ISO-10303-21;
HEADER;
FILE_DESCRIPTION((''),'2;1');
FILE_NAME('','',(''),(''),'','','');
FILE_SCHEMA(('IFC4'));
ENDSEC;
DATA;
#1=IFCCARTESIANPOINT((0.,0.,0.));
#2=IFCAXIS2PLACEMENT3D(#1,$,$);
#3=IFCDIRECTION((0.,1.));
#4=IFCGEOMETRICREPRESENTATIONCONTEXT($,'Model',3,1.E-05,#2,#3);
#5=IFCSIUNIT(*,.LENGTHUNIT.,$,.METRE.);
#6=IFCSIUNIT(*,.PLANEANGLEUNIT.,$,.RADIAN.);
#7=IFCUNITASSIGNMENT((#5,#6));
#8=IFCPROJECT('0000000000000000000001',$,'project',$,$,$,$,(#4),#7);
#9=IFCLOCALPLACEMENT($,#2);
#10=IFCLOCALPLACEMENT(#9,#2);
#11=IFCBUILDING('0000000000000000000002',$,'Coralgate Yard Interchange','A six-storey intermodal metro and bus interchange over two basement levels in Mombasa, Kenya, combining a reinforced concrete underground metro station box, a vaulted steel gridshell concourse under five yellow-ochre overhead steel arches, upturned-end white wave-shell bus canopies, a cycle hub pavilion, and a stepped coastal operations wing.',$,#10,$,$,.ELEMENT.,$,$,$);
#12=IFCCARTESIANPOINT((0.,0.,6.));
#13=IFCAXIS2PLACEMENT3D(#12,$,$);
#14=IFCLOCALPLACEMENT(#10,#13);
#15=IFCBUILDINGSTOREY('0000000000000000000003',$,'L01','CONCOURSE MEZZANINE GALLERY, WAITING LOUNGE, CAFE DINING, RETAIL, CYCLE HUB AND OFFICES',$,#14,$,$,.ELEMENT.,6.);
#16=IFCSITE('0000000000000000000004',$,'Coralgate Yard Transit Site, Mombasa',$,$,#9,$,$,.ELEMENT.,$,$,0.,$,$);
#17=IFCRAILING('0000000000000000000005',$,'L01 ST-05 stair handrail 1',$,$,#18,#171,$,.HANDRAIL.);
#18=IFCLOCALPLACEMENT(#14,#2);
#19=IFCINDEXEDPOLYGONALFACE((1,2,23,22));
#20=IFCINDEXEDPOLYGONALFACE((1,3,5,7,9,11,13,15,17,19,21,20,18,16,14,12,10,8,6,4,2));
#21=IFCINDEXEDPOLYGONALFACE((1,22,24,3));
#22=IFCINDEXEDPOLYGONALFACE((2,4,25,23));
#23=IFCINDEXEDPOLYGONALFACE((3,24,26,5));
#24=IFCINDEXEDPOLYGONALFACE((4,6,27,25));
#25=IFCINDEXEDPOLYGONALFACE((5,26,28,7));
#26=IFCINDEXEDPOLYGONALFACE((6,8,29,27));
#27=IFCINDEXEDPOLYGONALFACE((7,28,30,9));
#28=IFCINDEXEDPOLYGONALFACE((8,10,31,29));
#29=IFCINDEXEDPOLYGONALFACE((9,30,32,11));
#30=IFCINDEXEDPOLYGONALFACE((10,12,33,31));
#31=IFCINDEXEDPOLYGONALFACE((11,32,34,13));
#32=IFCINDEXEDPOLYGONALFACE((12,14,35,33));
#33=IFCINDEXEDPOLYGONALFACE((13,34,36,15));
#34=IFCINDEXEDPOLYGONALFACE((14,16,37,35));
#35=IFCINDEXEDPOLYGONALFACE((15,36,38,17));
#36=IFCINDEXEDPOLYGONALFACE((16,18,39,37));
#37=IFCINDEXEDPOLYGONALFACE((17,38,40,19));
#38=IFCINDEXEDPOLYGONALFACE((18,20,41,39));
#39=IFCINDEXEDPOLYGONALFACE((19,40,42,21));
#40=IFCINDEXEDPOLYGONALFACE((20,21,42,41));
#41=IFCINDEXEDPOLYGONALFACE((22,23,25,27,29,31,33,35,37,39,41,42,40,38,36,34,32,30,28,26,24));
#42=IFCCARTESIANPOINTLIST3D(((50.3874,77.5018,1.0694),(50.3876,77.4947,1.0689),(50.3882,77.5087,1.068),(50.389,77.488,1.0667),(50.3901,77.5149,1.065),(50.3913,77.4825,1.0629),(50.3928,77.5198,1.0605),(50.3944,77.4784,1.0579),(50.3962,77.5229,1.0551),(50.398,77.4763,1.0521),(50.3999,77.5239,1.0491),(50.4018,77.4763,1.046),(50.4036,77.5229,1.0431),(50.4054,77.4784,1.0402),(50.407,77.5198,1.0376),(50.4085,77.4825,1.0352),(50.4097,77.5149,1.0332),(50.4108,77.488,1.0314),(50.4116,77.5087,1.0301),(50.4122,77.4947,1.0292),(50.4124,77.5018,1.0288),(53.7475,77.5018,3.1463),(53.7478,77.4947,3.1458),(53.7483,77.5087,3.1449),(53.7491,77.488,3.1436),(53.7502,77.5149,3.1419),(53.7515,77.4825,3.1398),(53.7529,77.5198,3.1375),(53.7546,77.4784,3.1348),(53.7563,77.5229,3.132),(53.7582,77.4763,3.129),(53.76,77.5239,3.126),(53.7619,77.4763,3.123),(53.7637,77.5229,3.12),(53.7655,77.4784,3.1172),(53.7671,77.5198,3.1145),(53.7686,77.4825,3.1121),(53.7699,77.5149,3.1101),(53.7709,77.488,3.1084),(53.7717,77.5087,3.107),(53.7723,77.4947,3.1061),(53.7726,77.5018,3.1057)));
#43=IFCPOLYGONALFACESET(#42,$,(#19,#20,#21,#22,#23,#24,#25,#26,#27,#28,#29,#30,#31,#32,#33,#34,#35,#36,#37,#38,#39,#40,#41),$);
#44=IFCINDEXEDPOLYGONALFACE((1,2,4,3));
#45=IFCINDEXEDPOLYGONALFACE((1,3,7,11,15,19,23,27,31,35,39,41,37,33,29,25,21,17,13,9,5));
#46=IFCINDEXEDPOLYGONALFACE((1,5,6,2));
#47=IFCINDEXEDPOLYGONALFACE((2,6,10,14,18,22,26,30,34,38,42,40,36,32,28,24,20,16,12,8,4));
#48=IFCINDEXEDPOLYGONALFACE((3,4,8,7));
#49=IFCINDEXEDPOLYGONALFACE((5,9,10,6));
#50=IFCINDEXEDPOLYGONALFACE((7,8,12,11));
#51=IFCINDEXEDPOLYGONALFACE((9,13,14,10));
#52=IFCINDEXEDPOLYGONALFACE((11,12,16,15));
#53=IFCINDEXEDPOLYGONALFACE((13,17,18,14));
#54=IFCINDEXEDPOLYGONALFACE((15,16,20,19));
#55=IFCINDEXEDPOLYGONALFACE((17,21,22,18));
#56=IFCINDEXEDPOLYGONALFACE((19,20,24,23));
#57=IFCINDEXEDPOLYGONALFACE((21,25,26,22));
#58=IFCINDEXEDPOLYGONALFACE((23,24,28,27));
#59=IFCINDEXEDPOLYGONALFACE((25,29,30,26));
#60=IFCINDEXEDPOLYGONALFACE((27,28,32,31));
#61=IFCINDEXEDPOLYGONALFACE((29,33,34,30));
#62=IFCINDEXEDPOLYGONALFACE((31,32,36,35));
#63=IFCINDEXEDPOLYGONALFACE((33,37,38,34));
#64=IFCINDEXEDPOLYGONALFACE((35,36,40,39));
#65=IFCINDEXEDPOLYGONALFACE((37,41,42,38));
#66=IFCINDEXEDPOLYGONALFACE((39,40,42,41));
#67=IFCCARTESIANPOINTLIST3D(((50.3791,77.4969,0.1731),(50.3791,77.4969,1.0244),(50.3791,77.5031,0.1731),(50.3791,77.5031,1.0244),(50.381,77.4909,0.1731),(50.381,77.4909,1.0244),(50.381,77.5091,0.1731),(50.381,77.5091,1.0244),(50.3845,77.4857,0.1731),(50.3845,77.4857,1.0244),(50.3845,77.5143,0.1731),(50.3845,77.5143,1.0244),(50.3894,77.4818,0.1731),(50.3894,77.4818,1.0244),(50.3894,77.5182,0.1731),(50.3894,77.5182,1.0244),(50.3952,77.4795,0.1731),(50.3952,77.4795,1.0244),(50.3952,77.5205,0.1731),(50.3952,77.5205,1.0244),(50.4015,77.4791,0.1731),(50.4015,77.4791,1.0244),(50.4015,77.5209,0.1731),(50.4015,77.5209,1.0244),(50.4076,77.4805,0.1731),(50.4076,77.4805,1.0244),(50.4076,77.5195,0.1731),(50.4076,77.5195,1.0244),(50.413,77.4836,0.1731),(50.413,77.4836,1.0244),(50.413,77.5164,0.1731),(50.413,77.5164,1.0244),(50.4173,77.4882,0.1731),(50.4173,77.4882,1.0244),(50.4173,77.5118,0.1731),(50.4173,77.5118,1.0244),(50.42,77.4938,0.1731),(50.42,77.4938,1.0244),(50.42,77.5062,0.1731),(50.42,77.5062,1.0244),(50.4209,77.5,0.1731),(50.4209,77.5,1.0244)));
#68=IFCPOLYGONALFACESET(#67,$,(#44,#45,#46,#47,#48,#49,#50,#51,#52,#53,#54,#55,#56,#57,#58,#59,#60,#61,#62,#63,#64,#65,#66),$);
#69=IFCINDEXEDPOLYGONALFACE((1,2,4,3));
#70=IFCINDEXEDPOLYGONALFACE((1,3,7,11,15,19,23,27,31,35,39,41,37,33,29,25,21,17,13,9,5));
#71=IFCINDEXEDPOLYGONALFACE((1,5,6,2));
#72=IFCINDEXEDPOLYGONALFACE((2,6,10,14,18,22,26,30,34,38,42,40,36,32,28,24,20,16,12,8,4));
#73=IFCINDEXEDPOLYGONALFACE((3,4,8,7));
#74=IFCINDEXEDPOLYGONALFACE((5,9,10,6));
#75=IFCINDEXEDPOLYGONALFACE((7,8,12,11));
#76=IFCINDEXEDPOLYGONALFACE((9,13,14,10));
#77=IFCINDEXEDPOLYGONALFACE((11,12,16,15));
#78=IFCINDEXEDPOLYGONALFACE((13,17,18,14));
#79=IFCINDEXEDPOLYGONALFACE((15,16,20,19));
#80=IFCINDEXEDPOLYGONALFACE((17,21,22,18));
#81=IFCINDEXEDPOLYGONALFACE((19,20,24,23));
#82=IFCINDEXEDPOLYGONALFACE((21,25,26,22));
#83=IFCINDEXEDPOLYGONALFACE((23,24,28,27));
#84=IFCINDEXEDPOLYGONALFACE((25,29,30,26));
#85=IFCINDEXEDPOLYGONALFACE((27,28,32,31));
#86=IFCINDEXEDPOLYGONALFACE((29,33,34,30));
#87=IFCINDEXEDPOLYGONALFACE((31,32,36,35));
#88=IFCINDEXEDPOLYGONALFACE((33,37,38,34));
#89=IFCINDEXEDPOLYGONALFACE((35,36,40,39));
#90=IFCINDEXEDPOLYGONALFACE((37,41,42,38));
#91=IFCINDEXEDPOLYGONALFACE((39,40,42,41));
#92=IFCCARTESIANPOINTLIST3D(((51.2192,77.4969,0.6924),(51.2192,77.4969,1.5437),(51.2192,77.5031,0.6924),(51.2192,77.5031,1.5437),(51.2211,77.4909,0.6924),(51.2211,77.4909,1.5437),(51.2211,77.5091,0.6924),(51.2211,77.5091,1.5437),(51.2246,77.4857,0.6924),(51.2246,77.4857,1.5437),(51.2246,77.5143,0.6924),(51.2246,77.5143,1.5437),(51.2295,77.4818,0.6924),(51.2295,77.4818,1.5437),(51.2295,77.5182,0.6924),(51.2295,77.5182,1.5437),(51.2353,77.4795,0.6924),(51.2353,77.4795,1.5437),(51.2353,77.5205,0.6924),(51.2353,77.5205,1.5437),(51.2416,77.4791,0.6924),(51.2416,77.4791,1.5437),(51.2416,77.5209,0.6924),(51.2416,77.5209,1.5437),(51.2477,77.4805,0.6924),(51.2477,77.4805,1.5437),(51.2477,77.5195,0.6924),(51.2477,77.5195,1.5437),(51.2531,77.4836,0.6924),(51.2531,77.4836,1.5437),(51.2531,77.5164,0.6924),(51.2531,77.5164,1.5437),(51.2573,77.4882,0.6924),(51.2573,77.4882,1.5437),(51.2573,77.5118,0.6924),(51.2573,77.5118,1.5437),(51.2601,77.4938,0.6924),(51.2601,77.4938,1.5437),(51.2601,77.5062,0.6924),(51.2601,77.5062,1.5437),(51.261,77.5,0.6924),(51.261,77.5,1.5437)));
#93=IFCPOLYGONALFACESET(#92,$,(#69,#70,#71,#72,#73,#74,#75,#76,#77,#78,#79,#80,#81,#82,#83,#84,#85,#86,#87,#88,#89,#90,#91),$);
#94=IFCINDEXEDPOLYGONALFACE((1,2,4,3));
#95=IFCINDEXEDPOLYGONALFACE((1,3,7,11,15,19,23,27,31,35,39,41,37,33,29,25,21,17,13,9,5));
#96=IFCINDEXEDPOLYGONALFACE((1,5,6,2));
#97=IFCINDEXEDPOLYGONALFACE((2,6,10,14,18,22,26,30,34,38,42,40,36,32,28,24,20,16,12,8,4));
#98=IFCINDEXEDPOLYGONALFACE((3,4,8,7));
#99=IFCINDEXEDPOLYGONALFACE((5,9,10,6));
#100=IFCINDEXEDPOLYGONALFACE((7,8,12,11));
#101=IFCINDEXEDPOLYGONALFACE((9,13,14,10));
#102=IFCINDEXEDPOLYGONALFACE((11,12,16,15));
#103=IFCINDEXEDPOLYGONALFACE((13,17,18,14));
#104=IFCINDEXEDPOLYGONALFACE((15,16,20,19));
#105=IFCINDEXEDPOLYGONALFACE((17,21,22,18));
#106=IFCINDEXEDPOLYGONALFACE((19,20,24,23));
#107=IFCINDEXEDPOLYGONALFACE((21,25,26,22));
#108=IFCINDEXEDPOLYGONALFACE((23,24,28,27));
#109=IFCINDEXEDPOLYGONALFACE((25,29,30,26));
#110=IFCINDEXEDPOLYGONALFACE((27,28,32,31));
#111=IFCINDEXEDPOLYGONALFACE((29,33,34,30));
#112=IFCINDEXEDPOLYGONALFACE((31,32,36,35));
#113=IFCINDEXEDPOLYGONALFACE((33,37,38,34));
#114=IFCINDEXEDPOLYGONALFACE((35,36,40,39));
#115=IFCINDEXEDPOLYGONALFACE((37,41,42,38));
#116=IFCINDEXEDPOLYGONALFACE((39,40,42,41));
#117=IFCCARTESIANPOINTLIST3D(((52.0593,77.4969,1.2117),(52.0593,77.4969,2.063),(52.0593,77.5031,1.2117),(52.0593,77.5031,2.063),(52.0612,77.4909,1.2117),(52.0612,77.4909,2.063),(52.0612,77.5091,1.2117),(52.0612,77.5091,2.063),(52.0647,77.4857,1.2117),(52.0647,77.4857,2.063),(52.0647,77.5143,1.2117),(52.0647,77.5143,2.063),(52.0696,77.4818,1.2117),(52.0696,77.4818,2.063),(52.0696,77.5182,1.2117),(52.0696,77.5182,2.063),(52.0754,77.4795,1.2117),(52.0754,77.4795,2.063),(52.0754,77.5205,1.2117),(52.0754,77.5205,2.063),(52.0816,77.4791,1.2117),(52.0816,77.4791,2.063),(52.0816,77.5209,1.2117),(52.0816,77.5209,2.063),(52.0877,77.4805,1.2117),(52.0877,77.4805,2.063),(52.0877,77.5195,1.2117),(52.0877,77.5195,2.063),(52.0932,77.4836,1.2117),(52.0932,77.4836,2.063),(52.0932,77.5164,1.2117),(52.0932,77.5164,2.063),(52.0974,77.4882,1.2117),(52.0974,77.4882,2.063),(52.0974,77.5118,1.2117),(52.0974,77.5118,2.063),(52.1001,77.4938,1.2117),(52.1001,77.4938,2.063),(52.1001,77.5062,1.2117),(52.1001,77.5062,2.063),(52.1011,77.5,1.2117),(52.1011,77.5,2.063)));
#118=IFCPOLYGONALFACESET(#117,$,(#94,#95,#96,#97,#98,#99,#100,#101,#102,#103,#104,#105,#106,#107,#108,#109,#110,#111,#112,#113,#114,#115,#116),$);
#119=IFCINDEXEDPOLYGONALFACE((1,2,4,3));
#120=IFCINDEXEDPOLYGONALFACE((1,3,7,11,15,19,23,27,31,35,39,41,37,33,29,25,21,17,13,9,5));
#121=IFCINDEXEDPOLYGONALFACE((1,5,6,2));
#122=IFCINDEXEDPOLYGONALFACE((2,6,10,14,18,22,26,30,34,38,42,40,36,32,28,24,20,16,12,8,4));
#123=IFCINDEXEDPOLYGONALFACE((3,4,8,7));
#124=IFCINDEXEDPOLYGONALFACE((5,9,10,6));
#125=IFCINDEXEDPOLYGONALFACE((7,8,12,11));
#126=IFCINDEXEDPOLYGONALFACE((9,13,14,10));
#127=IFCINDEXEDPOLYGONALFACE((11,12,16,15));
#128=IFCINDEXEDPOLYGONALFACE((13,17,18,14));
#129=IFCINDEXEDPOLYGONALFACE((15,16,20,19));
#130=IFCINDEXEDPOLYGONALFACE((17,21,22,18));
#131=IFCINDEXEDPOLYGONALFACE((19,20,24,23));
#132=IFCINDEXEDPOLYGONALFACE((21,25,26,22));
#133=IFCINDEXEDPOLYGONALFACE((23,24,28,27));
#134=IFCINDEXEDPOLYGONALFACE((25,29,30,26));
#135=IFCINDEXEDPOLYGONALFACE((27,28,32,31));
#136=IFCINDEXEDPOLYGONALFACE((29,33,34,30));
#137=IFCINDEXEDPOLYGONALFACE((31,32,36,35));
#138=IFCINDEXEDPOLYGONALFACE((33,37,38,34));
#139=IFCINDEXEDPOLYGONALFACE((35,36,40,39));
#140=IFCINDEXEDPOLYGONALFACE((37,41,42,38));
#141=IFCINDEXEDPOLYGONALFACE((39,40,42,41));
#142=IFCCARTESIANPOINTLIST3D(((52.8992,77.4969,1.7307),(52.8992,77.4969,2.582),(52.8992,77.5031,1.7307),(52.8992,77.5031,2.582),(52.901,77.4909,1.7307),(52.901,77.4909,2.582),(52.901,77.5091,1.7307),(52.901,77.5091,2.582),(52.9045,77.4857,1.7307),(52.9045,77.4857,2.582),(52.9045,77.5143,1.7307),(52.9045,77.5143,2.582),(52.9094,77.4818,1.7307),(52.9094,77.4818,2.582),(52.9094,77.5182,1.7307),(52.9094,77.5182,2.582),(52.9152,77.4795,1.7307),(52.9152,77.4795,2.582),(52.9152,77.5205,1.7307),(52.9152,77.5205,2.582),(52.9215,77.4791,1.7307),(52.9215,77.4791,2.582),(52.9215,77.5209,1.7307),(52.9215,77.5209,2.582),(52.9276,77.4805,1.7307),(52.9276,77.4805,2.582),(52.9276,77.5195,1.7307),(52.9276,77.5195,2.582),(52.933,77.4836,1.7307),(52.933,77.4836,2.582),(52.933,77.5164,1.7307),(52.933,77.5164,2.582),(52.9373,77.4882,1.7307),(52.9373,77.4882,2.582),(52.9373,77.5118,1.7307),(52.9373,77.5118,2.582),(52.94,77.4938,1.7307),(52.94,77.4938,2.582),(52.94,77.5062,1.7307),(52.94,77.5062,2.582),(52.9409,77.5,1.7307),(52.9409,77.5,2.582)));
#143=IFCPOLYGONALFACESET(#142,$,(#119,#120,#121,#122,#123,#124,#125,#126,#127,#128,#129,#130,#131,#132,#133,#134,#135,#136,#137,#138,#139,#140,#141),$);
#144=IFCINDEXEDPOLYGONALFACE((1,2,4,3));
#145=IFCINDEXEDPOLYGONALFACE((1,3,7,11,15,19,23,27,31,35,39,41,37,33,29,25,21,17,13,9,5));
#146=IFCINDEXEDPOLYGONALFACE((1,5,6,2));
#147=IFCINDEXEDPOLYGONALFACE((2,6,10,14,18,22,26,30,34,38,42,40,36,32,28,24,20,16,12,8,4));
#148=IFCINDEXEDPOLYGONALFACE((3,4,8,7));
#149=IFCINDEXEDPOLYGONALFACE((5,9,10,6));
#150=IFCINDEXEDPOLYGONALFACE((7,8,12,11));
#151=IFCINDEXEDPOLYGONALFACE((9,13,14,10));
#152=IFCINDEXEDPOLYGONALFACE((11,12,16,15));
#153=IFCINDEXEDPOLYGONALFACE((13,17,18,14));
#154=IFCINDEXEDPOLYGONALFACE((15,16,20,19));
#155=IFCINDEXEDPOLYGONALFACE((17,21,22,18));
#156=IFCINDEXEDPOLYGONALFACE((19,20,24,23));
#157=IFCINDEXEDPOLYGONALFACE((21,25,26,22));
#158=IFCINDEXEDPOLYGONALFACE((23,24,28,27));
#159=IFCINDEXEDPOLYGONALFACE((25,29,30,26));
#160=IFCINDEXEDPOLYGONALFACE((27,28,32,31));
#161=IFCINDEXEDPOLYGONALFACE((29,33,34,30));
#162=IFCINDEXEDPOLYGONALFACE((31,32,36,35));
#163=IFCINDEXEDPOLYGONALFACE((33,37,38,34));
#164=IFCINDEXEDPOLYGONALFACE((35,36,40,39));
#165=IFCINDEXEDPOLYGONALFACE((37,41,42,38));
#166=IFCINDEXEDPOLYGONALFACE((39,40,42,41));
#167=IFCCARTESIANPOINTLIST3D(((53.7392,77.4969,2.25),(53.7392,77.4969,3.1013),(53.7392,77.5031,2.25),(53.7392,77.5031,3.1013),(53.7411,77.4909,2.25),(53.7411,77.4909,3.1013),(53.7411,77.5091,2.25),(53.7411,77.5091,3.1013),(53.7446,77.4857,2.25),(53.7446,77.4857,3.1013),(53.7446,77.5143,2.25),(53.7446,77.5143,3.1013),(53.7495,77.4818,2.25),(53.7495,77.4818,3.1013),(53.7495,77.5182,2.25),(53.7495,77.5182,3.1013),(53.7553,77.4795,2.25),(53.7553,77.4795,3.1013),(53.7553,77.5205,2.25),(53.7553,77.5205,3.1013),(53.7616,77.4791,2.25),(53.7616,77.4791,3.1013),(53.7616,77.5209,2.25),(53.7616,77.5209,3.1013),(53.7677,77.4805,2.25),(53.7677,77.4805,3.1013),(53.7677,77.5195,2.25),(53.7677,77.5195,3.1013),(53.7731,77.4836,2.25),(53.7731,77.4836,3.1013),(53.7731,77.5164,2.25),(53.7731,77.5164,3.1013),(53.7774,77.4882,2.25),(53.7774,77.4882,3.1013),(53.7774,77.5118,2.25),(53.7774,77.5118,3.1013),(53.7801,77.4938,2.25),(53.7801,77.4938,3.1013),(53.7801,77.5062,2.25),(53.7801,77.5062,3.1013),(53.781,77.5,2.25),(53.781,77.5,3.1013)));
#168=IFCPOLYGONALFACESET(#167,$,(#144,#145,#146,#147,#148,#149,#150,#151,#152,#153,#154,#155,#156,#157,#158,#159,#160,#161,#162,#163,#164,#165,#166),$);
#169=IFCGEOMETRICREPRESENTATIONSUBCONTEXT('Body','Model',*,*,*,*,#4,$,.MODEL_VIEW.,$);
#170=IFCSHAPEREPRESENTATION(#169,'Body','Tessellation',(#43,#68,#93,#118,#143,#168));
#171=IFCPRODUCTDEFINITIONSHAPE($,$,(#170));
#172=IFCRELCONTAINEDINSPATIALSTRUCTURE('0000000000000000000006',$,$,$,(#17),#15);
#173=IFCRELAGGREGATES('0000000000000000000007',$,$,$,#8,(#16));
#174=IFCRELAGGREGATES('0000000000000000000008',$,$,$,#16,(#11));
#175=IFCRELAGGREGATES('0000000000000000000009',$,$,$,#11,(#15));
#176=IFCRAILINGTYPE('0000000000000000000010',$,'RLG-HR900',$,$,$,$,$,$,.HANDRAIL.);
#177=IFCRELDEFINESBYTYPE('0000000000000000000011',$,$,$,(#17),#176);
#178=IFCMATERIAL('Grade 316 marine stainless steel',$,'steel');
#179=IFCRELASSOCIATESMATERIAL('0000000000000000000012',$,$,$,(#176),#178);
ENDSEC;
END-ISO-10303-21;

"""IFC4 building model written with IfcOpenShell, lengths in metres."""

from ifc_helpers import new_model, si_unit, direction, frame, origin, origin_2d, place, context, subcontext, project, spatial, circle, extrude, material, type_object, element, save


model = new_model("IFC4")

# Units and contexts
model_context = context("Model", 3, precision=1e-05, world=origin(), true_north=direction((0.0, 1.0)))
body_context = subcontext(model_context, "Body", "Model", "MODEL_VIEW")
ifc_project = project(units=[si_unit("LENGTHUNIT", "METRE"), si_unit("PLANEANGLEUNIT", "RADIAN")], contexts=[model_context])

# Site, building, storey
site_placement = place(None, origin())
site = spatial("IfcSite", under=ifc_project, at=site_placement, Name="Coralgate Yard Transit Site, Mombasa", CompositionType="ELEMENT", RefElevation=0.0)
building_placement = place(site_placement, origin())
building = spatial("IfcBuilding", under=site, at=building_placement, Name="Coralgate Yard Interchange", Description="A six-storey intermodal metro and bus interchange over two basement levels in Mombasa, Kenya, combining a reinforced concrete underground metro station box, a vaulted steel gridshell concourse under five yellow-ochre overhead steel arches, upturned-end white wave-shell bus canopies, a cycle hub pavilion, and a stepped coastal operations wing.", CompositionType="ELEMENT")
storey_placement = place(building_placement, frame((0.0, 0.0, 6.0)))
storey = spatial("IfcBuildingStorey", under=building, at=storey_placement, Name="L01", Description="CONCOURSE MEZZANINE GALLERY, WAITING LOUNGE, CAFE DINING, RETAIL, CYCLE HUB AND OFFICES", CompositionType="ELEMENT", Elevation=6.0)

# Railing
ifc_material_1 = material(Name="Grade 316 marine stainless steel", Category="steel")
railing_type_1 = type_object("IfcRailingType", Name="RLG-HR900", PredefinedType="HANDRAIL", material=ifc_material_1)
railing_1_placement = place(storey_placement, frame((50.3999, 77.5, 0.1731)))
element("IfcRailing", 1, at=railing_1_placement, inside=storey, type_object=railing_type_1, Name="L01 ST-05 stair handrail 1", PredefinedType="HANDRAIL", context=body_context, shape_type="SweptSolid", body=[
    extrude(circle(Radius=0.0239, at=origin_2d()), frame((0.0, 0.0, 0.876), z_axis=(0.850623, 0.0, 0.525776), x_axis=(0.0, 1.0, 0.0)), (0.0, 0.0, 1.0), 3.9502),
    extrude(circle(Radius=0.021, at=origin_2d()), origin(), (0.0, 0.0, 1.0), 0.8513),
    extrude(circle(Radius=0.021, at=origin_2d()), frame((0.8401, 0.0, 0.5193)), (0.0, 0.0, 1.0), 0.8513),
    extrude(circle(Radius=0.021, at=origin_2d()), frame((1.6802, 0.0, 1.0386)), (0.0, 0.0, 1.0), 0.8513),
    extrude(circle(Radius=0.021, at=origin_2d()), frame((2.52, 0.0, 1.5576)), (0.0, 0.0, 1.0), 0.8513),
    extrude(circle(Radius=0.021, at=origin_2d()), frame((3.3601, 0.0, 2.0769)), (0.0, 0.0, 1.0), 0.8513),
])

save(model, "model.ifc")
